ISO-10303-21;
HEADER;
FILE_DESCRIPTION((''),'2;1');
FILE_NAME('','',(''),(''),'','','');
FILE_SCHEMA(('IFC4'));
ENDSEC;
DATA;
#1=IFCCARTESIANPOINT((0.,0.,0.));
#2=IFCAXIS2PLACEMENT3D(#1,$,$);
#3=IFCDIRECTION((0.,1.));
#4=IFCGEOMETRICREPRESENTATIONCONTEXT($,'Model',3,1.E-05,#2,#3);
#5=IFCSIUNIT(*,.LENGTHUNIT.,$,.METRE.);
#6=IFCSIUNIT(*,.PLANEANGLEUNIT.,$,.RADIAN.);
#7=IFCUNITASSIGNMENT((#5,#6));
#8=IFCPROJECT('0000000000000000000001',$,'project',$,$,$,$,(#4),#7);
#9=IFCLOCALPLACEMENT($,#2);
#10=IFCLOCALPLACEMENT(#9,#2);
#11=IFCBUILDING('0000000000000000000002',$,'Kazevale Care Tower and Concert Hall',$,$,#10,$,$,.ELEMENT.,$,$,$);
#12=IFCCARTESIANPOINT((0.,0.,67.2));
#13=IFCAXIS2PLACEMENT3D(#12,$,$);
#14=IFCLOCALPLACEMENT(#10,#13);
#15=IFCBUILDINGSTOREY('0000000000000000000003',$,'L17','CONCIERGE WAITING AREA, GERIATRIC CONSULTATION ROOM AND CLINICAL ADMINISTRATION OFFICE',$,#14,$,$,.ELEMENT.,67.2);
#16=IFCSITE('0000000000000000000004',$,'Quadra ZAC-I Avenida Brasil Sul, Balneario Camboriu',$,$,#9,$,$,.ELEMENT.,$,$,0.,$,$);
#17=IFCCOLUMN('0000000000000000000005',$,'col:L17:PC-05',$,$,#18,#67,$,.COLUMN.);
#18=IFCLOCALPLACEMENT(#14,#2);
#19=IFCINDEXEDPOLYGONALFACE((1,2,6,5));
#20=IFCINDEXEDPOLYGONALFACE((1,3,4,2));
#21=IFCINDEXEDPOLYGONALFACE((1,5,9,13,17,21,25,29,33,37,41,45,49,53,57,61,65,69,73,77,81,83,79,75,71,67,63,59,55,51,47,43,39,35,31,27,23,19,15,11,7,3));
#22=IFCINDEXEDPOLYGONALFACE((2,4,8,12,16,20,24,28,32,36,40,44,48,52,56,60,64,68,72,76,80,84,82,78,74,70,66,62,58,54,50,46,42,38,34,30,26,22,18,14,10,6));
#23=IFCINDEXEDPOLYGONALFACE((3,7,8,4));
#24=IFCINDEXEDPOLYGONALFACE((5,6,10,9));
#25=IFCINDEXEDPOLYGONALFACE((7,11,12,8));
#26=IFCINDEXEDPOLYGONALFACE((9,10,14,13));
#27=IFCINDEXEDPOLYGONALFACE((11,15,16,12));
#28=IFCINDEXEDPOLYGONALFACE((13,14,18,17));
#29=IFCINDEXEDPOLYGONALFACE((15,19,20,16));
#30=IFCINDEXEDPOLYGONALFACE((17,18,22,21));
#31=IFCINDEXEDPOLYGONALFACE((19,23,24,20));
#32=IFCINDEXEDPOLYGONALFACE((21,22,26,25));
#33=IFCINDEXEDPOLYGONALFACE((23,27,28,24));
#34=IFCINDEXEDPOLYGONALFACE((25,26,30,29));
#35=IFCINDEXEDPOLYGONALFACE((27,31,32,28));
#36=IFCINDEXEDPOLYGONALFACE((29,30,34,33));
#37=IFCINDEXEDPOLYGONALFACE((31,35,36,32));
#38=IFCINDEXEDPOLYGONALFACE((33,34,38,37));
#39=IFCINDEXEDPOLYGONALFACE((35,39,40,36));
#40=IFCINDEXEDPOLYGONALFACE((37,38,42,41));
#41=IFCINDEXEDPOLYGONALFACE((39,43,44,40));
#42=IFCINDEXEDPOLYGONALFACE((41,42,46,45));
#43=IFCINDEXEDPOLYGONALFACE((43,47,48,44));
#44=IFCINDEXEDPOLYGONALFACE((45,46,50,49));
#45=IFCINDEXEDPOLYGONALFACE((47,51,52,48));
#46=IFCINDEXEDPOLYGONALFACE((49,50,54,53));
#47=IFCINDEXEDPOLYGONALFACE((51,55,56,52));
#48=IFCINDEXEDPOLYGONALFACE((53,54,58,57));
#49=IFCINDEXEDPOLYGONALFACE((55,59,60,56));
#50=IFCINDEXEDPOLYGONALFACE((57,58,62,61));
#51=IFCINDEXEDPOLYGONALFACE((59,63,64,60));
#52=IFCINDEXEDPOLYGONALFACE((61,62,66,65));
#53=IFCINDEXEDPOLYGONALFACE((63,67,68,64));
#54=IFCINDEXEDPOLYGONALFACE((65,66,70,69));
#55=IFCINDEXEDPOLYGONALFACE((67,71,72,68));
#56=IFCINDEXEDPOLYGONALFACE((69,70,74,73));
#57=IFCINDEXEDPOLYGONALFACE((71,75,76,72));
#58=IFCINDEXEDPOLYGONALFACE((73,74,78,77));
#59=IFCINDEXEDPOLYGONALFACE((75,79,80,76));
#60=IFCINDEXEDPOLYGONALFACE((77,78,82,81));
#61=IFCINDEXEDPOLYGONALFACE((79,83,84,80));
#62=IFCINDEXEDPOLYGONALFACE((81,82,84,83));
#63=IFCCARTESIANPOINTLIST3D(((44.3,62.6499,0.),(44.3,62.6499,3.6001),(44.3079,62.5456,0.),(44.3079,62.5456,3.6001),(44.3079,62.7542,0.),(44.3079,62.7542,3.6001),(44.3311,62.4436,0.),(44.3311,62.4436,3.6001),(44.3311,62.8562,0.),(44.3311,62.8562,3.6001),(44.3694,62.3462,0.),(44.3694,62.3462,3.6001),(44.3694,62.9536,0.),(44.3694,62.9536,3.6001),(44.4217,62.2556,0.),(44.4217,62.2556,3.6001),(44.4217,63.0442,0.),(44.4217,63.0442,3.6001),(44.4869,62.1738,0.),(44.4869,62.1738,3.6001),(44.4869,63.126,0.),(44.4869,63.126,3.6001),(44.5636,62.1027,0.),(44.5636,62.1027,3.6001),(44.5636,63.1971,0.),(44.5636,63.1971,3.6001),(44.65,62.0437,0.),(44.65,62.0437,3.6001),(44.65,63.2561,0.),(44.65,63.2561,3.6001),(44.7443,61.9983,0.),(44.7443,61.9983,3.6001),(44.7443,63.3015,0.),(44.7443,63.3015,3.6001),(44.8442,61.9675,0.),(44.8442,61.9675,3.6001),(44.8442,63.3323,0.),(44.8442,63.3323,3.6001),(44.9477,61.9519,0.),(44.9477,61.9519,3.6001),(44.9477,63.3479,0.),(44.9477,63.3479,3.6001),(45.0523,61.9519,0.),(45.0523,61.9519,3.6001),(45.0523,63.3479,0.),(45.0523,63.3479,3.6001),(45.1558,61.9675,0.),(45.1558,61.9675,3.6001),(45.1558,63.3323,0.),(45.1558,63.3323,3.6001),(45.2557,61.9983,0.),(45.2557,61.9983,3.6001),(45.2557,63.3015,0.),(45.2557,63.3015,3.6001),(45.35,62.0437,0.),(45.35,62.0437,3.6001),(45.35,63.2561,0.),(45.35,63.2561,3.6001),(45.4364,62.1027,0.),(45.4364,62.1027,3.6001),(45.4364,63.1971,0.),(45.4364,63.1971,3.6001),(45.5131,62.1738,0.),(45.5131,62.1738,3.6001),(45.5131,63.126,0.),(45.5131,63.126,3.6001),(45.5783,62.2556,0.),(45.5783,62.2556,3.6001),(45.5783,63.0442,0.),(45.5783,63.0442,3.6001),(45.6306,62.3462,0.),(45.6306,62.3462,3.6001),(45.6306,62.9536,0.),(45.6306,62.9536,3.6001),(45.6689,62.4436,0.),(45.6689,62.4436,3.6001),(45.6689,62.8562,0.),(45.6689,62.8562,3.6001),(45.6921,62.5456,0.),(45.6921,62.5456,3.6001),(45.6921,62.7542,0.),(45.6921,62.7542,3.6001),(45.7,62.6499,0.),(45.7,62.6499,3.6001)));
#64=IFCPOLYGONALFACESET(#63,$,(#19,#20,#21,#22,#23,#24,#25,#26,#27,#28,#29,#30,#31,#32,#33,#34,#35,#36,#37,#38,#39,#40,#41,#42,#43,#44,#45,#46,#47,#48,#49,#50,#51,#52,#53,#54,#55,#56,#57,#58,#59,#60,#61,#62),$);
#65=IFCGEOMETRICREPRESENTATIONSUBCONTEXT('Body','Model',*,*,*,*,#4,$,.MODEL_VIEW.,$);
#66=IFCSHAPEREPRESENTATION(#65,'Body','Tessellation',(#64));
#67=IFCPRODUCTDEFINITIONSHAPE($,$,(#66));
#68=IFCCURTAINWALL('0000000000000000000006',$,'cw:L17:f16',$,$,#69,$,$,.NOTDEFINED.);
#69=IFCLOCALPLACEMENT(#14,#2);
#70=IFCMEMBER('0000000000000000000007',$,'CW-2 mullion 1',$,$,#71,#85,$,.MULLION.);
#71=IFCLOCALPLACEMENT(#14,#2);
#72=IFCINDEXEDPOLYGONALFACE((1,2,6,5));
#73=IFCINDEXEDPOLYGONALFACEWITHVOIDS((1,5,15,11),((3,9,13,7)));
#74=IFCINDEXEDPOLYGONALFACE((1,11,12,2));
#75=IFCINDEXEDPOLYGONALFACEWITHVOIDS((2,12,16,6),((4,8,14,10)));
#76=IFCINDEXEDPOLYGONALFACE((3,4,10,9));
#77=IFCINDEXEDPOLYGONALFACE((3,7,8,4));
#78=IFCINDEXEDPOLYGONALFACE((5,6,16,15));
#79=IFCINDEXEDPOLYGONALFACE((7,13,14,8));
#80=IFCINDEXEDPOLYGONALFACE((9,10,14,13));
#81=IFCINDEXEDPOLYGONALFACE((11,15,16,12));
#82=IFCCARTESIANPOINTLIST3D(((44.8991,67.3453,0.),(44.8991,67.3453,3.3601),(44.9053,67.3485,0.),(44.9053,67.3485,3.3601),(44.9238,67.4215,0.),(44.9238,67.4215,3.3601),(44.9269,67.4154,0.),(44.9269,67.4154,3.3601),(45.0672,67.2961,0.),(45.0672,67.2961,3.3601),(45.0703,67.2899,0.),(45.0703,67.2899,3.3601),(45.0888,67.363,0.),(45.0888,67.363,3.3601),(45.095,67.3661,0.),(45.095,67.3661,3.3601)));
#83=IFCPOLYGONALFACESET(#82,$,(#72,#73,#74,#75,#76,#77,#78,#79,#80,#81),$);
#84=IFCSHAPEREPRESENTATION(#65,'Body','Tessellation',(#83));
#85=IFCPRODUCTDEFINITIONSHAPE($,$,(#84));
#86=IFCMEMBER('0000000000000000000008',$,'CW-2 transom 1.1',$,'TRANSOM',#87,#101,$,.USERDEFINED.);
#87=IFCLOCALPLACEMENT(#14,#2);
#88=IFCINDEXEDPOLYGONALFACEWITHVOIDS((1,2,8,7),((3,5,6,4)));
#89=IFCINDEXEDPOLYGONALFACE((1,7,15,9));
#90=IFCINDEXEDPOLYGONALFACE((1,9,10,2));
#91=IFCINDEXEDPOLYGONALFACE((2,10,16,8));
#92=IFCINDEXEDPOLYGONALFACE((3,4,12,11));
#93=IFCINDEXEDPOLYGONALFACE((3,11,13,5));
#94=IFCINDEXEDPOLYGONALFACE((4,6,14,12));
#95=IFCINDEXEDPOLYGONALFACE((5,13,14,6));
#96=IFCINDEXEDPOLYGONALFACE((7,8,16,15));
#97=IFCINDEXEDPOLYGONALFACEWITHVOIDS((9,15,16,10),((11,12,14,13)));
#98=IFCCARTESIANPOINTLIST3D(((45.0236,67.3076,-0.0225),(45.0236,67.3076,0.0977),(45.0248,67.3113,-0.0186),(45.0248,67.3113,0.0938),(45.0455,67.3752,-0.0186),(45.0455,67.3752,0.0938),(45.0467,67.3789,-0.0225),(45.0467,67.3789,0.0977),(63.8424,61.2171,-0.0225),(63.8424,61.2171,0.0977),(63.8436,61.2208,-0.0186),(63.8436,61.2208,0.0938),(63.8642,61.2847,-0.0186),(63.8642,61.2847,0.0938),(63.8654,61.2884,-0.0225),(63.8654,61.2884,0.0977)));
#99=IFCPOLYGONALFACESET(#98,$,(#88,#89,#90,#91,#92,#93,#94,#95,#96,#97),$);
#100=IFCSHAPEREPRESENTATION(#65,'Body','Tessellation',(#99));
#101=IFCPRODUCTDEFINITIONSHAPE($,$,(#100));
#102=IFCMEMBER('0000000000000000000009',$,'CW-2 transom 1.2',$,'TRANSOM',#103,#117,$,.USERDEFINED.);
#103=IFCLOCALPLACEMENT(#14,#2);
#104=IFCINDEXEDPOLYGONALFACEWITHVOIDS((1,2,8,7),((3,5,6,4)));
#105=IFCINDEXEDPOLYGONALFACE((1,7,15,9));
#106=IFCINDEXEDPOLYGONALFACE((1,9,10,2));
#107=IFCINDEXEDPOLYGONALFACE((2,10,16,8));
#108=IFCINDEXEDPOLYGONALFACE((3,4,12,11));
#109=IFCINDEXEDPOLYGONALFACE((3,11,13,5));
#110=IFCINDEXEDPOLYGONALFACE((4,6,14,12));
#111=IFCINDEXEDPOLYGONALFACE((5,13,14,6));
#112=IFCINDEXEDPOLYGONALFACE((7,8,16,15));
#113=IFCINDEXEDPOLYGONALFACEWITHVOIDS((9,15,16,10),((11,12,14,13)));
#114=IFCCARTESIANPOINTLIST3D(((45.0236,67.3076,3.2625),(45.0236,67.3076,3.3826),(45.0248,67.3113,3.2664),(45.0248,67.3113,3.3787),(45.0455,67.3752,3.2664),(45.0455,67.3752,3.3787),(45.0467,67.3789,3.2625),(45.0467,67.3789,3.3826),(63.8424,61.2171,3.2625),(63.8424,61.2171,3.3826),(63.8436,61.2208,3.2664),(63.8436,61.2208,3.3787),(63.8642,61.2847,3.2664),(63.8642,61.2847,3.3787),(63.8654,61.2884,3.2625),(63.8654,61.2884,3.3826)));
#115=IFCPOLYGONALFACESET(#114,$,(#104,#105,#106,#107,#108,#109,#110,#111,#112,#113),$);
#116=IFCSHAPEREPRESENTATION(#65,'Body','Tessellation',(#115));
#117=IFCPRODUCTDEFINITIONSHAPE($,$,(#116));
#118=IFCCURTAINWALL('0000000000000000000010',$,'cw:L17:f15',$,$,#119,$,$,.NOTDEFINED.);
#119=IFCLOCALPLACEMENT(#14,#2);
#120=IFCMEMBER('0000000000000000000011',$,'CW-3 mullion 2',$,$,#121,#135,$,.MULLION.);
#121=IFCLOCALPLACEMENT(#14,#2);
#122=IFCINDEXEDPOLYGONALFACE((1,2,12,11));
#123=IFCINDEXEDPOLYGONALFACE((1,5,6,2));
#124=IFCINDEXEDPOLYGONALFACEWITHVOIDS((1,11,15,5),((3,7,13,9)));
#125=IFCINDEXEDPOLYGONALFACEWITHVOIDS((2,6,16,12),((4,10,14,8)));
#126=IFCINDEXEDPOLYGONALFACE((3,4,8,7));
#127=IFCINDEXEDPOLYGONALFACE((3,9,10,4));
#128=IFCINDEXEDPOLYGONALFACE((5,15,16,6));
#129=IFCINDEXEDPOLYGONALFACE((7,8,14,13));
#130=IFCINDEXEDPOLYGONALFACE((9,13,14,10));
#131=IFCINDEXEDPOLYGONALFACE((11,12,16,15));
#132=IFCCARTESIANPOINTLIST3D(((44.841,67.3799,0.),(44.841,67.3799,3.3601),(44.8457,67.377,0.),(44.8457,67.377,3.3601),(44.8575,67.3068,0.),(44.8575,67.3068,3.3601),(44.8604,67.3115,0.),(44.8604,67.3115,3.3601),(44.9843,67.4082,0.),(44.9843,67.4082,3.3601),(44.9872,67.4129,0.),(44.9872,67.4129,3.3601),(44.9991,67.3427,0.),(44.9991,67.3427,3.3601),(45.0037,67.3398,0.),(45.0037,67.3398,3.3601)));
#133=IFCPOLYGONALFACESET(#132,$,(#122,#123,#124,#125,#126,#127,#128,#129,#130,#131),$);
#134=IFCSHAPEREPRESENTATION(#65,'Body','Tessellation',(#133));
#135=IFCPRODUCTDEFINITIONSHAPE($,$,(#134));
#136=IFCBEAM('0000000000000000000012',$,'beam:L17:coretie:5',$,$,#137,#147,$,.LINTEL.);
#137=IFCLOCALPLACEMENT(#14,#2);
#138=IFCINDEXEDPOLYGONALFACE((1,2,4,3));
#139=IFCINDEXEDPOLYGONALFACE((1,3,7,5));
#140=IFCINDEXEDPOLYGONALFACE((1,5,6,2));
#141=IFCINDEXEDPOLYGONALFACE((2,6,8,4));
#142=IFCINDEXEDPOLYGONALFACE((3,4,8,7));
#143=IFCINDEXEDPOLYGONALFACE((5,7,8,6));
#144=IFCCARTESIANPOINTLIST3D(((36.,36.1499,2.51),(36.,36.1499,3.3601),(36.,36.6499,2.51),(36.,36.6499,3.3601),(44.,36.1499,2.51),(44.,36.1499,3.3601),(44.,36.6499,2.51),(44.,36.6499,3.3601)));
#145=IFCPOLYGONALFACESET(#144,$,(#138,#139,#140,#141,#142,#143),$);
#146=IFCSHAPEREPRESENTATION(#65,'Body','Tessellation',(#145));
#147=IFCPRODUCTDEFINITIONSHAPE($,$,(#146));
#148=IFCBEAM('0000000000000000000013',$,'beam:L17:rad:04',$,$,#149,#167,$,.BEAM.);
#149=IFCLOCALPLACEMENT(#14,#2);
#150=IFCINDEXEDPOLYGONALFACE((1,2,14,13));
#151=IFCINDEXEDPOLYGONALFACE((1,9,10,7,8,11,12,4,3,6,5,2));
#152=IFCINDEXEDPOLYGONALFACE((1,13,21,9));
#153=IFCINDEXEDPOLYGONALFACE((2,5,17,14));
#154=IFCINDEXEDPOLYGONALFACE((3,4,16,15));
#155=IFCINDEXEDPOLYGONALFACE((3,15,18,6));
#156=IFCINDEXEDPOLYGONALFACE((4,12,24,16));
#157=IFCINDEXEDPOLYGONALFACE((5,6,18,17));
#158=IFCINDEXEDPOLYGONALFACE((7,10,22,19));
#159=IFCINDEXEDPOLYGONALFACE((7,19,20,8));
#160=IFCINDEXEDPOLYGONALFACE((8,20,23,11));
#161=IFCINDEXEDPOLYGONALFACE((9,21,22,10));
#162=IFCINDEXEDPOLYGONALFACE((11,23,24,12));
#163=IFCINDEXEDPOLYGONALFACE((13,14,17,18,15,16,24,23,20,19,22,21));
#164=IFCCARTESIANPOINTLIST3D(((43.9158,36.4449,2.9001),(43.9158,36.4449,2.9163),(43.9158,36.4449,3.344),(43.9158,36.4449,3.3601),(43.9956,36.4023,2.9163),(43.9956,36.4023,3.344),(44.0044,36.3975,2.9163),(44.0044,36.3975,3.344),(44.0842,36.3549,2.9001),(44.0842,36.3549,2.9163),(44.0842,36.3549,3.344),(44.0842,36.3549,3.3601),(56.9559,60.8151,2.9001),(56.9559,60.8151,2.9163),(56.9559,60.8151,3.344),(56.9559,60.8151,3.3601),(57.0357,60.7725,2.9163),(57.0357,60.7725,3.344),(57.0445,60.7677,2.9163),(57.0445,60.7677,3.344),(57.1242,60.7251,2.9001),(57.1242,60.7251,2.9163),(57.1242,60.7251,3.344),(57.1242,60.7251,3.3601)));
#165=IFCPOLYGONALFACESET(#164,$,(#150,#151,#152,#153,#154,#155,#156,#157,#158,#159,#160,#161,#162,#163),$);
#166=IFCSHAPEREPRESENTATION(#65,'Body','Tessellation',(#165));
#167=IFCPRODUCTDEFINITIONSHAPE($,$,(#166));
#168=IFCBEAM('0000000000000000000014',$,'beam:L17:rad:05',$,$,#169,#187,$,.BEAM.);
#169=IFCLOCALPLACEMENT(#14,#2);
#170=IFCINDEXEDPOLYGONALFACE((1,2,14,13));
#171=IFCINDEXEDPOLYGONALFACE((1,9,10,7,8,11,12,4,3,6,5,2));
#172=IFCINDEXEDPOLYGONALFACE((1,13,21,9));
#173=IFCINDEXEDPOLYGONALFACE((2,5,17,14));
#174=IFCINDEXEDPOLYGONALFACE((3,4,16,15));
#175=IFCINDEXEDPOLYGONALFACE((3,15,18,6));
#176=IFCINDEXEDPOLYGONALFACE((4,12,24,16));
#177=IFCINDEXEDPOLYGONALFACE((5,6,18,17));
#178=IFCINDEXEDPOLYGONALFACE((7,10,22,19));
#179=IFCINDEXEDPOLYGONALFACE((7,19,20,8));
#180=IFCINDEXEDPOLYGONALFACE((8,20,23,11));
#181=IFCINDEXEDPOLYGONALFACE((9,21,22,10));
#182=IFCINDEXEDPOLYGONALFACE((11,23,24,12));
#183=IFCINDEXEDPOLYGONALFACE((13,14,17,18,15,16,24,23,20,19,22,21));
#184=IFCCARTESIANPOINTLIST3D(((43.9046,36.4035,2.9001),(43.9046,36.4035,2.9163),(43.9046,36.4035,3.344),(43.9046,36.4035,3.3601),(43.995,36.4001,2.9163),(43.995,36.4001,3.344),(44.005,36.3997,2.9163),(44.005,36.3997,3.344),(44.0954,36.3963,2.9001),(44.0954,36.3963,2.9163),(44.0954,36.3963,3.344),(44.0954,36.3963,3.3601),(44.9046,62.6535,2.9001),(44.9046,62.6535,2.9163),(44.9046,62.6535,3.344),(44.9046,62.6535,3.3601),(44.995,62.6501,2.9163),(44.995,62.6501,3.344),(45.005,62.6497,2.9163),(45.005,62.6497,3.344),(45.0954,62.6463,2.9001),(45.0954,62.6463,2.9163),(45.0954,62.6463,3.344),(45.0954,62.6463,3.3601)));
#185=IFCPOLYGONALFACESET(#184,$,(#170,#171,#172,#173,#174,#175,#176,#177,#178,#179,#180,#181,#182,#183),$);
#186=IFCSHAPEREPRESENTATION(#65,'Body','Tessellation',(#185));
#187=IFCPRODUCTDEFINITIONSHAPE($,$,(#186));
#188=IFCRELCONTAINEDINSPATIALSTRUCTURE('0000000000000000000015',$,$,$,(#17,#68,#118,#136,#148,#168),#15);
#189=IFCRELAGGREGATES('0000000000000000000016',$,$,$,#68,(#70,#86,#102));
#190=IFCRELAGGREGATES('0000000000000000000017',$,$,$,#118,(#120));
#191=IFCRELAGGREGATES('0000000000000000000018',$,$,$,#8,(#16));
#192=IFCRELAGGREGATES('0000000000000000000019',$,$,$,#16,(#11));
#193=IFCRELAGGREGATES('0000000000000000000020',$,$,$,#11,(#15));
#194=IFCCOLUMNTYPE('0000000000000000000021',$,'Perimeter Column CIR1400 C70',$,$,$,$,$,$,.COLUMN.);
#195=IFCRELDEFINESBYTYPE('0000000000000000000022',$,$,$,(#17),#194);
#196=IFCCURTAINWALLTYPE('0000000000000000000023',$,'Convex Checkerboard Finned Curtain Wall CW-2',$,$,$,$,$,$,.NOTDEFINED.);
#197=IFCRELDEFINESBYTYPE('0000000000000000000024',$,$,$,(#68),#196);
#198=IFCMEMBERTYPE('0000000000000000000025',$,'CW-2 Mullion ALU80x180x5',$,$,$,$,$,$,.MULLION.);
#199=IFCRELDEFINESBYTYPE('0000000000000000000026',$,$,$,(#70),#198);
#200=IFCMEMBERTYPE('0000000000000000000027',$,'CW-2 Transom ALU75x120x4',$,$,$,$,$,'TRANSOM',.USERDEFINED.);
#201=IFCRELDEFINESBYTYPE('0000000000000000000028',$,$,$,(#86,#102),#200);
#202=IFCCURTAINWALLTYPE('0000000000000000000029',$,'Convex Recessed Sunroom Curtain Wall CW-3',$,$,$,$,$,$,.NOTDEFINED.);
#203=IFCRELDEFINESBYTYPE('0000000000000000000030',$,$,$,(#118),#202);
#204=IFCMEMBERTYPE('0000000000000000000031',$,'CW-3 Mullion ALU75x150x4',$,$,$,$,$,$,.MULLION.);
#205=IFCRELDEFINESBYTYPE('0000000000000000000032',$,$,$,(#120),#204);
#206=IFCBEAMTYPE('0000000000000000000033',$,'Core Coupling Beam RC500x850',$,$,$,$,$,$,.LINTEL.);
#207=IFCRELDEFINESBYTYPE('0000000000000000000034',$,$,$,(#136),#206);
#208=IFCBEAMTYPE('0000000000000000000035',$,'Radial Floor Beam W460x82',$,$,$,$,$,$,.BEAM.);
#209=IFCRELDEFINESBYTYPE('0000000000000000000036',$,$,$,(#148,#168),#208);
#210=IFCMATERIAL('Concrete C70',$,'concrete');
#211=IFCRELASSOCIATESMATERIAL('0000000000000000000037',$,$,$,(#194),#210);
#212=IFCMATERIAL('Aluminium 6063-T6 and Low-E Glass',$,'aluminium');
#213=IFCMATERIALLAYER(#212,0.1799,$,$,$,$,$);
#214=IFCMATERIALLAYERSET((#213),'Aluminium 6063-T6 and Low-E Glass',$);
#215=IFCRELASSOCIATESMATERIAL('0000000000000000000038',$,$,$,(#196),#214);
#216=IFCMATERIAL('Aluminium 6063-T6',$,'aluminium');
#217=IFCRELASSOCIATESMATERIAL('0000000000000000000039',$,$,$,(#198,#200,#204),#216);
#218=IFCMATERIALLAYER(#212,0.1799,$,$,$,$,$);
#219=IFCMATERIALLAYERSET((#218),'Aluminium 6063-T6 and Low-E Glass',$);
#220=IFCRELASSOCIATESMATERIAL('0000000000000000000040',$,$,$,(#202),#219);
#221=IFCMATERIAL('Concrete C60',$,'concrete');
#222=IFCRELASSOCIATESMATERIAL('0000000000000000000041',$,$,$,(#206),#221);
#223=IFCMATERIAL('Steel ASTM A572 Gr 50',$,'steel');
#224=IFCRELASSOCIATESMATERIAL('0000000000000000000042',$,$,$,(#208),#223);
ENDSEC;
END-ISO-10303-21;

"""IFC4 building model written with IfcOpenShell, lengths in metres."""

from ifc_helpers import new_model, si_unit, direction, frame, origin, origin_2d, place, context, subcontext, project, spatial, rectangle, hollow_rectangle, circle, i_section, extrude, material, layer, layer_set, material_profile, profile_set, type_object, element, aggregate, save


model = new_model("IFC4")

# Units and contexts
model_context = context("Model", 3, precision=1e-05, world=origin(), true_north=direction((0.0, 1.0)))
body_context = subcontext(model_context, "Body", "Model", "MODEL_VIEW")
ifc_project = project(units=[si_unit("LENGTHUNIT", "METRE"), si_unit("PLANEANGLEUNIT", "RADIAN")], contexts=[model_context])

# Site, building, storey
site_placement = place(None, origin())
site = spatial("IfcSite", under=ifc_project, at=site_placement, Name="Quadra ZAC-I Avenida Brasil Sul, Balneario Camboriu", CompositionType="ELEMENT", RefElevation=0.0)
building_placement = place(site_placement, origin())
building = spatial("IfcBuilding", under=site, at=building_placement, Name="Kazevale Care Tower and Concert Hall", CompositionType="ELEMENT")
storey_placement = place(building_placement, frame((0.0, 0.0, 67.2)))
storey = spatial("IfcBuildingStorey", under=building, at=storey_placement, Name="L17", Description="CONCIERGE WAITING AREA, GERIATRIC CONSULTATION ROOM AND CLINICAL ADMINISTRATION OFFICE", CompositionType="ELEMENT", Elevation=67.2)

# Column
ifc_material_1 = material(Name="Concrete C70", Category="concrete")
ifc_material_profile_1 = material_profile(ifc_material_1, circle(Radius=0.7, at=origin_2d()), Name="RC-CIR1400")
ifc_profile_set_1 = profile_set([ifc_material_profile_1], Name="Concrete C70")
column_type = type_object("IfcColumnType", Name="Perimeter Column CIR1400 C70", PredefinedType="COLUMN", material=ifc_profile_set_1)
column_placement = place(storey_placement, frame((45.0, 62.6499, 0.0), z_axis=(0.0, 0.0, 1.0), x_axis=(1.0, 0.0, 0.0)))
element("IfcColumn", 1, at=column_placement, inside=storey, type_object=column_type, Name="col:L17:PC-05", PredefinedType="COLUMN", context=body_context, shape_type="SweptSolid", body=[
    extrude(circle(Radius=0.7, at=origin_2d()), origin(), (0.0, 0.0, 1.0), 3.6001),
])

# Curtain wall, members
ifc_material_2 = material(Name="Aluminium 6063-T6 and Low-E Glass", Category="aluminium")
ifc_layer_1 = layer(ifc_material_2, 0.1799)
ifc_layer_set_1 = layer_set([ifc_layer_1], Name="Aluminium 6063-T6 and Low-E Glass")
curtain_wall_type_1 = type_object("IfcCurtainWallType", Name="Convex Checkerboard Finned Curtain Wall CW-2", PredefinedType="NOTDEFINED", material=ifc_layer_set_1)
curtain_wall_1_placement = place(storey_placement, origin())
curtain_wall_1 = element("IfcCurtainWall", 2, at=curtain_wall_1_placement, inside=storey, type_object=curtain_wall_type_1, Name="cw:L17:f16", PredefinedType="NOTDEFINED")
ifc_material_3 = material(Name="Aluminium 6063-T6", Category="aluminium")
ifc_material_profile_2 = material_profile(ifc_material_3, hollow_rectangle(XDim=0.0801, YDim=0.1799, WallThickness=0.0049, at=origin_2d()), Name="ALU80x180x5")
ifc_profile_set_2 = profile_set([ifc_material_profile_2], Name="Aluminium 6063-T6")
member_type_1 = type_object("IfcMemberType", Name="CW-2 Mullion ALU80x180x5", PredefinedType="MULLION", material=ifc_profile_set_2)
member_1_placement = place(storey_placement, frame((44.9971, 67.3557, 0.0), z_axis=(0.0, 0.0, 1.0), x_axis=(0.307926, 0.95141, 0.0)))
member_1 = element("IfcMember", 3, at=member_1_placement, type_object=member_type_1, Name="CW-2 mullion 1", PredefinedType="MULLION", context=body_context, shape_type="SweptSolid", body=[
    extrude(hollow_rectangle(XDim=0.0801, YDim=0.1799, WallThickness=0.0049, at=origin_2d()), origin(), (0.0, 0.0, 1.0), 3.3601),
])
ifc_material_profile_3 = material_profile(ifc_material_3, hollow_rectangle(XDim=0.075, YDim=0.1201, WallThickness=0.0039, at=origin_2d()), Name="ALU75x120x4")
ifc_profile_set_3 = profile_set([ifc_material_profile_3], Name="Aluminium 6063-T6")
member_type_2 = type_object("IfcMemberType", Name="CW-2 Transom ALU75x120x4", ElementType="TRANSOM", PredefinedType="USERDEFINED", material=ifc_profile_set_3)
member_2_placement = place(storey_placement, frame((45.0352, 67.3433, 0.0376), z_axis=(0.951413, -0.307918, 0.0), x_axis=(0.307918, 0.951413, 0.0)))
member_2 = element("IfcMember", 4, at=member_2_placement, type_object=member_type_2, Name="CW-2 transom 1.1", ObjectType="TRANSOM", PredefinedType="USERDEFINED", context=body_context, shape_type="SweptSolid", body=[
    extrude(hollow_rectangle(XDim=0.075, YDim=0.1201, WallThickness=0.0039, at=origin_2d()), origin(), (0.0, 0.0, 1.0), 19.7798),
])
member_3_placement = place(storey_placement, frame((45.0352, 67.3433, 3.3225), z_axis=(0.951413, -0.307918, 0.0), x_axis=(0.307918, 0.951413, 0.0)))
member_3 = element("IfcMember", 5, at=member_3_placement, type_object=member_type_2, Name="CW-2 transom 1.2", ObjectType="TRANSOM", PredefinedType="USERDEFINED", context=body_context, shape_type="SweptSolid", body=[
    extrude(hollow_rectangle(XDim=0.075, YDim=0.1201, WallThickness=0.0039, at=origin_2d()), origin(), (0.0, 0.0, 1.0), 19.7798),
])
aggregate(curtain_wall_1, [member_1, member_2, member_3])

# Curtain wall, member
ifc_layer_2 = layer(ifc_material_2, 0.1799)
ifc_layer_set_2 = layer_set([ifc_layer_2], Name="Aluminium 6063-T6 and Low-E Glass")
curtain_wall_type_2 = type_object("IfcCurtainWallType", Name="Convex Recessed Sunroom Curtain Wall CW-3", PredefinedType="NOTDEFINED", material=ifc_layer_set_2)
curtain_wall_2_placement = place(storey_placement, origin())
curtain_wall_2 = element("IfcCurtainWall", 6, at=curtain_wall_2_placement, inside=storey, type_object=curtain_wall_type_2, Name="cw:L17:f15", PredefinedType="NOTDEFINED")
ifc_material_profile_4 = material_profile(ifc_material_3, hollow_rectangle(XDim=0.075, YDim=0.1499, WallThickness=0.0039, at=origin_2d()), Name="ALU75x150x4")
ifc_profile_set_4 = profile_set([ifc_material_profile_4], Name="Aluminium 6063-T6")
member_type_3 = type_object("IfcMemberType", Name="CW-3 Mullion ALU75x150x4", PredefinedType="MULLION", material=ifc_profile_set_4)
member_4_placement = place(storey_placement, frame((44.9224, 67.3599, 0.0), z_axis=(0.0, 0.0, 1.0), x_axis=(-0.219911, 0.97552, 0.0)))
member_4 = element("IfcMember", 7, at=member_4_placement, type_object=member_type_3, Name="CW-3 mullion 2", PredefinedType="MULLION", context=body_context, shape_type="SweptSolid", body=[
    extrude(hollow_rectangle(XDim=0.075, YDim=0.1499, WallThickness=0.0039, at=origin_2d()), origin(), (0.0, 0.0, 1.0), 3.3601),
])

# Beams
ifc_material_4 = material(Name="Concrete C60", Category="concrete")
ifc_material_profile_5 = material_profile(ifc_material_4, rectangle(XDim=0.5, YDim=0.8501, at=origin_2d()), Name="RC-B500x850")
ifc_profile_set_5 = profile_set([ifc_material_profile_5], Name="Concrete C60")
beam_type_1 = type_object("IfcBeamType", Name="Core Coupling Beam RC500x850", PredefinedType="LINTEL", material=ifc_profile_set_5)
beam_1_placement = place(storey_placement, frame((44.0, 36.3999, 2.9351), z_axis=(-1.0, 0.0, 0.0), x_axis=(0.0, -1.0, 0.0)))
element("IfcBeam", 8, at=beam_1_placement, inside=storey, type_object=beam_type_1, Name="beam:L17:coretie:5", PredefinedType="LINTEL", context=body_context, shape_type="SweptSolid", body=[
    extrude(rectangle(XDim=0.5, YDim=0.8501, at=origin_2d()), origin(), (0.0, 0.0, 1.0), 8.0),
])
ifc_material_5 = material(Name="Steel ASTM A572 Gr 50", Category="steel")
ifc_material_profile_6 = material_profile(ifc_material_5, i_section(OverallWidth=0.1909, OverallDepth=0.46, WebThickness=0.01, FlangeThickness=0.0161, at=origin_2d()), Name="W460x82")
ifc_profile_set_6 = profile_set([ifc_material_profile_6], Name="Steel ASTM A572 Gr 50")
beam_type_2 = type_object("IfcBeamType", Name="Radial Floor Beam W460x82", PredefinedType="BEAM", material=ifc_profile_set_6)
beam_2_placement = place(storey_placement, frame((44.0, 36.3999, 3.1301), z_axis=(0.471789, 0.881712, 0.0), x_axis=(-0.881712, 0.471789, 0.0)))
element("IfcBeam", 9, at=beam_2_placement, inside=storey, type_object=beam_type_2, Name="beam:L17:rad:04", PredefinedType="BEAM", context=body_context, shape_type="SweptSolid", body=[
    extrude(i_section(OverallWidth=0.1909, OverallDepth=0.46, WebThickness=0.01, FlangeThickness=0.0161, at=origin_2d()), origin(), (0.0, 0.0, 1.0), 27.6396),
])
beam_3_placement = place(storey_placement, frame((44.0, 36.3999, 3.1301), z_axis=(0.038068, 0.999275, 0.0), x_axis=(-0.999275, 0.038068, 0.0)))
element("IfcBeam", 10, at=beam_3_placement, inside=storey, type_object=beam_type_2, Name="beam:L17:rad:05", PredefinedType="BEAM", context=body_context, shape_type="SweptSolid", body=[
    extrude(i_section(OverallWidth=0.1909, OverallDepth=0.46, WebThickness=0.01, FlangeThickness=0.0161, at=origin_2d()), origin(), (0.0, 0.0, 1.0), 26.269),
])

aggregate(curtain_wall_2, [member_4])

save(model, "model.ifc")
